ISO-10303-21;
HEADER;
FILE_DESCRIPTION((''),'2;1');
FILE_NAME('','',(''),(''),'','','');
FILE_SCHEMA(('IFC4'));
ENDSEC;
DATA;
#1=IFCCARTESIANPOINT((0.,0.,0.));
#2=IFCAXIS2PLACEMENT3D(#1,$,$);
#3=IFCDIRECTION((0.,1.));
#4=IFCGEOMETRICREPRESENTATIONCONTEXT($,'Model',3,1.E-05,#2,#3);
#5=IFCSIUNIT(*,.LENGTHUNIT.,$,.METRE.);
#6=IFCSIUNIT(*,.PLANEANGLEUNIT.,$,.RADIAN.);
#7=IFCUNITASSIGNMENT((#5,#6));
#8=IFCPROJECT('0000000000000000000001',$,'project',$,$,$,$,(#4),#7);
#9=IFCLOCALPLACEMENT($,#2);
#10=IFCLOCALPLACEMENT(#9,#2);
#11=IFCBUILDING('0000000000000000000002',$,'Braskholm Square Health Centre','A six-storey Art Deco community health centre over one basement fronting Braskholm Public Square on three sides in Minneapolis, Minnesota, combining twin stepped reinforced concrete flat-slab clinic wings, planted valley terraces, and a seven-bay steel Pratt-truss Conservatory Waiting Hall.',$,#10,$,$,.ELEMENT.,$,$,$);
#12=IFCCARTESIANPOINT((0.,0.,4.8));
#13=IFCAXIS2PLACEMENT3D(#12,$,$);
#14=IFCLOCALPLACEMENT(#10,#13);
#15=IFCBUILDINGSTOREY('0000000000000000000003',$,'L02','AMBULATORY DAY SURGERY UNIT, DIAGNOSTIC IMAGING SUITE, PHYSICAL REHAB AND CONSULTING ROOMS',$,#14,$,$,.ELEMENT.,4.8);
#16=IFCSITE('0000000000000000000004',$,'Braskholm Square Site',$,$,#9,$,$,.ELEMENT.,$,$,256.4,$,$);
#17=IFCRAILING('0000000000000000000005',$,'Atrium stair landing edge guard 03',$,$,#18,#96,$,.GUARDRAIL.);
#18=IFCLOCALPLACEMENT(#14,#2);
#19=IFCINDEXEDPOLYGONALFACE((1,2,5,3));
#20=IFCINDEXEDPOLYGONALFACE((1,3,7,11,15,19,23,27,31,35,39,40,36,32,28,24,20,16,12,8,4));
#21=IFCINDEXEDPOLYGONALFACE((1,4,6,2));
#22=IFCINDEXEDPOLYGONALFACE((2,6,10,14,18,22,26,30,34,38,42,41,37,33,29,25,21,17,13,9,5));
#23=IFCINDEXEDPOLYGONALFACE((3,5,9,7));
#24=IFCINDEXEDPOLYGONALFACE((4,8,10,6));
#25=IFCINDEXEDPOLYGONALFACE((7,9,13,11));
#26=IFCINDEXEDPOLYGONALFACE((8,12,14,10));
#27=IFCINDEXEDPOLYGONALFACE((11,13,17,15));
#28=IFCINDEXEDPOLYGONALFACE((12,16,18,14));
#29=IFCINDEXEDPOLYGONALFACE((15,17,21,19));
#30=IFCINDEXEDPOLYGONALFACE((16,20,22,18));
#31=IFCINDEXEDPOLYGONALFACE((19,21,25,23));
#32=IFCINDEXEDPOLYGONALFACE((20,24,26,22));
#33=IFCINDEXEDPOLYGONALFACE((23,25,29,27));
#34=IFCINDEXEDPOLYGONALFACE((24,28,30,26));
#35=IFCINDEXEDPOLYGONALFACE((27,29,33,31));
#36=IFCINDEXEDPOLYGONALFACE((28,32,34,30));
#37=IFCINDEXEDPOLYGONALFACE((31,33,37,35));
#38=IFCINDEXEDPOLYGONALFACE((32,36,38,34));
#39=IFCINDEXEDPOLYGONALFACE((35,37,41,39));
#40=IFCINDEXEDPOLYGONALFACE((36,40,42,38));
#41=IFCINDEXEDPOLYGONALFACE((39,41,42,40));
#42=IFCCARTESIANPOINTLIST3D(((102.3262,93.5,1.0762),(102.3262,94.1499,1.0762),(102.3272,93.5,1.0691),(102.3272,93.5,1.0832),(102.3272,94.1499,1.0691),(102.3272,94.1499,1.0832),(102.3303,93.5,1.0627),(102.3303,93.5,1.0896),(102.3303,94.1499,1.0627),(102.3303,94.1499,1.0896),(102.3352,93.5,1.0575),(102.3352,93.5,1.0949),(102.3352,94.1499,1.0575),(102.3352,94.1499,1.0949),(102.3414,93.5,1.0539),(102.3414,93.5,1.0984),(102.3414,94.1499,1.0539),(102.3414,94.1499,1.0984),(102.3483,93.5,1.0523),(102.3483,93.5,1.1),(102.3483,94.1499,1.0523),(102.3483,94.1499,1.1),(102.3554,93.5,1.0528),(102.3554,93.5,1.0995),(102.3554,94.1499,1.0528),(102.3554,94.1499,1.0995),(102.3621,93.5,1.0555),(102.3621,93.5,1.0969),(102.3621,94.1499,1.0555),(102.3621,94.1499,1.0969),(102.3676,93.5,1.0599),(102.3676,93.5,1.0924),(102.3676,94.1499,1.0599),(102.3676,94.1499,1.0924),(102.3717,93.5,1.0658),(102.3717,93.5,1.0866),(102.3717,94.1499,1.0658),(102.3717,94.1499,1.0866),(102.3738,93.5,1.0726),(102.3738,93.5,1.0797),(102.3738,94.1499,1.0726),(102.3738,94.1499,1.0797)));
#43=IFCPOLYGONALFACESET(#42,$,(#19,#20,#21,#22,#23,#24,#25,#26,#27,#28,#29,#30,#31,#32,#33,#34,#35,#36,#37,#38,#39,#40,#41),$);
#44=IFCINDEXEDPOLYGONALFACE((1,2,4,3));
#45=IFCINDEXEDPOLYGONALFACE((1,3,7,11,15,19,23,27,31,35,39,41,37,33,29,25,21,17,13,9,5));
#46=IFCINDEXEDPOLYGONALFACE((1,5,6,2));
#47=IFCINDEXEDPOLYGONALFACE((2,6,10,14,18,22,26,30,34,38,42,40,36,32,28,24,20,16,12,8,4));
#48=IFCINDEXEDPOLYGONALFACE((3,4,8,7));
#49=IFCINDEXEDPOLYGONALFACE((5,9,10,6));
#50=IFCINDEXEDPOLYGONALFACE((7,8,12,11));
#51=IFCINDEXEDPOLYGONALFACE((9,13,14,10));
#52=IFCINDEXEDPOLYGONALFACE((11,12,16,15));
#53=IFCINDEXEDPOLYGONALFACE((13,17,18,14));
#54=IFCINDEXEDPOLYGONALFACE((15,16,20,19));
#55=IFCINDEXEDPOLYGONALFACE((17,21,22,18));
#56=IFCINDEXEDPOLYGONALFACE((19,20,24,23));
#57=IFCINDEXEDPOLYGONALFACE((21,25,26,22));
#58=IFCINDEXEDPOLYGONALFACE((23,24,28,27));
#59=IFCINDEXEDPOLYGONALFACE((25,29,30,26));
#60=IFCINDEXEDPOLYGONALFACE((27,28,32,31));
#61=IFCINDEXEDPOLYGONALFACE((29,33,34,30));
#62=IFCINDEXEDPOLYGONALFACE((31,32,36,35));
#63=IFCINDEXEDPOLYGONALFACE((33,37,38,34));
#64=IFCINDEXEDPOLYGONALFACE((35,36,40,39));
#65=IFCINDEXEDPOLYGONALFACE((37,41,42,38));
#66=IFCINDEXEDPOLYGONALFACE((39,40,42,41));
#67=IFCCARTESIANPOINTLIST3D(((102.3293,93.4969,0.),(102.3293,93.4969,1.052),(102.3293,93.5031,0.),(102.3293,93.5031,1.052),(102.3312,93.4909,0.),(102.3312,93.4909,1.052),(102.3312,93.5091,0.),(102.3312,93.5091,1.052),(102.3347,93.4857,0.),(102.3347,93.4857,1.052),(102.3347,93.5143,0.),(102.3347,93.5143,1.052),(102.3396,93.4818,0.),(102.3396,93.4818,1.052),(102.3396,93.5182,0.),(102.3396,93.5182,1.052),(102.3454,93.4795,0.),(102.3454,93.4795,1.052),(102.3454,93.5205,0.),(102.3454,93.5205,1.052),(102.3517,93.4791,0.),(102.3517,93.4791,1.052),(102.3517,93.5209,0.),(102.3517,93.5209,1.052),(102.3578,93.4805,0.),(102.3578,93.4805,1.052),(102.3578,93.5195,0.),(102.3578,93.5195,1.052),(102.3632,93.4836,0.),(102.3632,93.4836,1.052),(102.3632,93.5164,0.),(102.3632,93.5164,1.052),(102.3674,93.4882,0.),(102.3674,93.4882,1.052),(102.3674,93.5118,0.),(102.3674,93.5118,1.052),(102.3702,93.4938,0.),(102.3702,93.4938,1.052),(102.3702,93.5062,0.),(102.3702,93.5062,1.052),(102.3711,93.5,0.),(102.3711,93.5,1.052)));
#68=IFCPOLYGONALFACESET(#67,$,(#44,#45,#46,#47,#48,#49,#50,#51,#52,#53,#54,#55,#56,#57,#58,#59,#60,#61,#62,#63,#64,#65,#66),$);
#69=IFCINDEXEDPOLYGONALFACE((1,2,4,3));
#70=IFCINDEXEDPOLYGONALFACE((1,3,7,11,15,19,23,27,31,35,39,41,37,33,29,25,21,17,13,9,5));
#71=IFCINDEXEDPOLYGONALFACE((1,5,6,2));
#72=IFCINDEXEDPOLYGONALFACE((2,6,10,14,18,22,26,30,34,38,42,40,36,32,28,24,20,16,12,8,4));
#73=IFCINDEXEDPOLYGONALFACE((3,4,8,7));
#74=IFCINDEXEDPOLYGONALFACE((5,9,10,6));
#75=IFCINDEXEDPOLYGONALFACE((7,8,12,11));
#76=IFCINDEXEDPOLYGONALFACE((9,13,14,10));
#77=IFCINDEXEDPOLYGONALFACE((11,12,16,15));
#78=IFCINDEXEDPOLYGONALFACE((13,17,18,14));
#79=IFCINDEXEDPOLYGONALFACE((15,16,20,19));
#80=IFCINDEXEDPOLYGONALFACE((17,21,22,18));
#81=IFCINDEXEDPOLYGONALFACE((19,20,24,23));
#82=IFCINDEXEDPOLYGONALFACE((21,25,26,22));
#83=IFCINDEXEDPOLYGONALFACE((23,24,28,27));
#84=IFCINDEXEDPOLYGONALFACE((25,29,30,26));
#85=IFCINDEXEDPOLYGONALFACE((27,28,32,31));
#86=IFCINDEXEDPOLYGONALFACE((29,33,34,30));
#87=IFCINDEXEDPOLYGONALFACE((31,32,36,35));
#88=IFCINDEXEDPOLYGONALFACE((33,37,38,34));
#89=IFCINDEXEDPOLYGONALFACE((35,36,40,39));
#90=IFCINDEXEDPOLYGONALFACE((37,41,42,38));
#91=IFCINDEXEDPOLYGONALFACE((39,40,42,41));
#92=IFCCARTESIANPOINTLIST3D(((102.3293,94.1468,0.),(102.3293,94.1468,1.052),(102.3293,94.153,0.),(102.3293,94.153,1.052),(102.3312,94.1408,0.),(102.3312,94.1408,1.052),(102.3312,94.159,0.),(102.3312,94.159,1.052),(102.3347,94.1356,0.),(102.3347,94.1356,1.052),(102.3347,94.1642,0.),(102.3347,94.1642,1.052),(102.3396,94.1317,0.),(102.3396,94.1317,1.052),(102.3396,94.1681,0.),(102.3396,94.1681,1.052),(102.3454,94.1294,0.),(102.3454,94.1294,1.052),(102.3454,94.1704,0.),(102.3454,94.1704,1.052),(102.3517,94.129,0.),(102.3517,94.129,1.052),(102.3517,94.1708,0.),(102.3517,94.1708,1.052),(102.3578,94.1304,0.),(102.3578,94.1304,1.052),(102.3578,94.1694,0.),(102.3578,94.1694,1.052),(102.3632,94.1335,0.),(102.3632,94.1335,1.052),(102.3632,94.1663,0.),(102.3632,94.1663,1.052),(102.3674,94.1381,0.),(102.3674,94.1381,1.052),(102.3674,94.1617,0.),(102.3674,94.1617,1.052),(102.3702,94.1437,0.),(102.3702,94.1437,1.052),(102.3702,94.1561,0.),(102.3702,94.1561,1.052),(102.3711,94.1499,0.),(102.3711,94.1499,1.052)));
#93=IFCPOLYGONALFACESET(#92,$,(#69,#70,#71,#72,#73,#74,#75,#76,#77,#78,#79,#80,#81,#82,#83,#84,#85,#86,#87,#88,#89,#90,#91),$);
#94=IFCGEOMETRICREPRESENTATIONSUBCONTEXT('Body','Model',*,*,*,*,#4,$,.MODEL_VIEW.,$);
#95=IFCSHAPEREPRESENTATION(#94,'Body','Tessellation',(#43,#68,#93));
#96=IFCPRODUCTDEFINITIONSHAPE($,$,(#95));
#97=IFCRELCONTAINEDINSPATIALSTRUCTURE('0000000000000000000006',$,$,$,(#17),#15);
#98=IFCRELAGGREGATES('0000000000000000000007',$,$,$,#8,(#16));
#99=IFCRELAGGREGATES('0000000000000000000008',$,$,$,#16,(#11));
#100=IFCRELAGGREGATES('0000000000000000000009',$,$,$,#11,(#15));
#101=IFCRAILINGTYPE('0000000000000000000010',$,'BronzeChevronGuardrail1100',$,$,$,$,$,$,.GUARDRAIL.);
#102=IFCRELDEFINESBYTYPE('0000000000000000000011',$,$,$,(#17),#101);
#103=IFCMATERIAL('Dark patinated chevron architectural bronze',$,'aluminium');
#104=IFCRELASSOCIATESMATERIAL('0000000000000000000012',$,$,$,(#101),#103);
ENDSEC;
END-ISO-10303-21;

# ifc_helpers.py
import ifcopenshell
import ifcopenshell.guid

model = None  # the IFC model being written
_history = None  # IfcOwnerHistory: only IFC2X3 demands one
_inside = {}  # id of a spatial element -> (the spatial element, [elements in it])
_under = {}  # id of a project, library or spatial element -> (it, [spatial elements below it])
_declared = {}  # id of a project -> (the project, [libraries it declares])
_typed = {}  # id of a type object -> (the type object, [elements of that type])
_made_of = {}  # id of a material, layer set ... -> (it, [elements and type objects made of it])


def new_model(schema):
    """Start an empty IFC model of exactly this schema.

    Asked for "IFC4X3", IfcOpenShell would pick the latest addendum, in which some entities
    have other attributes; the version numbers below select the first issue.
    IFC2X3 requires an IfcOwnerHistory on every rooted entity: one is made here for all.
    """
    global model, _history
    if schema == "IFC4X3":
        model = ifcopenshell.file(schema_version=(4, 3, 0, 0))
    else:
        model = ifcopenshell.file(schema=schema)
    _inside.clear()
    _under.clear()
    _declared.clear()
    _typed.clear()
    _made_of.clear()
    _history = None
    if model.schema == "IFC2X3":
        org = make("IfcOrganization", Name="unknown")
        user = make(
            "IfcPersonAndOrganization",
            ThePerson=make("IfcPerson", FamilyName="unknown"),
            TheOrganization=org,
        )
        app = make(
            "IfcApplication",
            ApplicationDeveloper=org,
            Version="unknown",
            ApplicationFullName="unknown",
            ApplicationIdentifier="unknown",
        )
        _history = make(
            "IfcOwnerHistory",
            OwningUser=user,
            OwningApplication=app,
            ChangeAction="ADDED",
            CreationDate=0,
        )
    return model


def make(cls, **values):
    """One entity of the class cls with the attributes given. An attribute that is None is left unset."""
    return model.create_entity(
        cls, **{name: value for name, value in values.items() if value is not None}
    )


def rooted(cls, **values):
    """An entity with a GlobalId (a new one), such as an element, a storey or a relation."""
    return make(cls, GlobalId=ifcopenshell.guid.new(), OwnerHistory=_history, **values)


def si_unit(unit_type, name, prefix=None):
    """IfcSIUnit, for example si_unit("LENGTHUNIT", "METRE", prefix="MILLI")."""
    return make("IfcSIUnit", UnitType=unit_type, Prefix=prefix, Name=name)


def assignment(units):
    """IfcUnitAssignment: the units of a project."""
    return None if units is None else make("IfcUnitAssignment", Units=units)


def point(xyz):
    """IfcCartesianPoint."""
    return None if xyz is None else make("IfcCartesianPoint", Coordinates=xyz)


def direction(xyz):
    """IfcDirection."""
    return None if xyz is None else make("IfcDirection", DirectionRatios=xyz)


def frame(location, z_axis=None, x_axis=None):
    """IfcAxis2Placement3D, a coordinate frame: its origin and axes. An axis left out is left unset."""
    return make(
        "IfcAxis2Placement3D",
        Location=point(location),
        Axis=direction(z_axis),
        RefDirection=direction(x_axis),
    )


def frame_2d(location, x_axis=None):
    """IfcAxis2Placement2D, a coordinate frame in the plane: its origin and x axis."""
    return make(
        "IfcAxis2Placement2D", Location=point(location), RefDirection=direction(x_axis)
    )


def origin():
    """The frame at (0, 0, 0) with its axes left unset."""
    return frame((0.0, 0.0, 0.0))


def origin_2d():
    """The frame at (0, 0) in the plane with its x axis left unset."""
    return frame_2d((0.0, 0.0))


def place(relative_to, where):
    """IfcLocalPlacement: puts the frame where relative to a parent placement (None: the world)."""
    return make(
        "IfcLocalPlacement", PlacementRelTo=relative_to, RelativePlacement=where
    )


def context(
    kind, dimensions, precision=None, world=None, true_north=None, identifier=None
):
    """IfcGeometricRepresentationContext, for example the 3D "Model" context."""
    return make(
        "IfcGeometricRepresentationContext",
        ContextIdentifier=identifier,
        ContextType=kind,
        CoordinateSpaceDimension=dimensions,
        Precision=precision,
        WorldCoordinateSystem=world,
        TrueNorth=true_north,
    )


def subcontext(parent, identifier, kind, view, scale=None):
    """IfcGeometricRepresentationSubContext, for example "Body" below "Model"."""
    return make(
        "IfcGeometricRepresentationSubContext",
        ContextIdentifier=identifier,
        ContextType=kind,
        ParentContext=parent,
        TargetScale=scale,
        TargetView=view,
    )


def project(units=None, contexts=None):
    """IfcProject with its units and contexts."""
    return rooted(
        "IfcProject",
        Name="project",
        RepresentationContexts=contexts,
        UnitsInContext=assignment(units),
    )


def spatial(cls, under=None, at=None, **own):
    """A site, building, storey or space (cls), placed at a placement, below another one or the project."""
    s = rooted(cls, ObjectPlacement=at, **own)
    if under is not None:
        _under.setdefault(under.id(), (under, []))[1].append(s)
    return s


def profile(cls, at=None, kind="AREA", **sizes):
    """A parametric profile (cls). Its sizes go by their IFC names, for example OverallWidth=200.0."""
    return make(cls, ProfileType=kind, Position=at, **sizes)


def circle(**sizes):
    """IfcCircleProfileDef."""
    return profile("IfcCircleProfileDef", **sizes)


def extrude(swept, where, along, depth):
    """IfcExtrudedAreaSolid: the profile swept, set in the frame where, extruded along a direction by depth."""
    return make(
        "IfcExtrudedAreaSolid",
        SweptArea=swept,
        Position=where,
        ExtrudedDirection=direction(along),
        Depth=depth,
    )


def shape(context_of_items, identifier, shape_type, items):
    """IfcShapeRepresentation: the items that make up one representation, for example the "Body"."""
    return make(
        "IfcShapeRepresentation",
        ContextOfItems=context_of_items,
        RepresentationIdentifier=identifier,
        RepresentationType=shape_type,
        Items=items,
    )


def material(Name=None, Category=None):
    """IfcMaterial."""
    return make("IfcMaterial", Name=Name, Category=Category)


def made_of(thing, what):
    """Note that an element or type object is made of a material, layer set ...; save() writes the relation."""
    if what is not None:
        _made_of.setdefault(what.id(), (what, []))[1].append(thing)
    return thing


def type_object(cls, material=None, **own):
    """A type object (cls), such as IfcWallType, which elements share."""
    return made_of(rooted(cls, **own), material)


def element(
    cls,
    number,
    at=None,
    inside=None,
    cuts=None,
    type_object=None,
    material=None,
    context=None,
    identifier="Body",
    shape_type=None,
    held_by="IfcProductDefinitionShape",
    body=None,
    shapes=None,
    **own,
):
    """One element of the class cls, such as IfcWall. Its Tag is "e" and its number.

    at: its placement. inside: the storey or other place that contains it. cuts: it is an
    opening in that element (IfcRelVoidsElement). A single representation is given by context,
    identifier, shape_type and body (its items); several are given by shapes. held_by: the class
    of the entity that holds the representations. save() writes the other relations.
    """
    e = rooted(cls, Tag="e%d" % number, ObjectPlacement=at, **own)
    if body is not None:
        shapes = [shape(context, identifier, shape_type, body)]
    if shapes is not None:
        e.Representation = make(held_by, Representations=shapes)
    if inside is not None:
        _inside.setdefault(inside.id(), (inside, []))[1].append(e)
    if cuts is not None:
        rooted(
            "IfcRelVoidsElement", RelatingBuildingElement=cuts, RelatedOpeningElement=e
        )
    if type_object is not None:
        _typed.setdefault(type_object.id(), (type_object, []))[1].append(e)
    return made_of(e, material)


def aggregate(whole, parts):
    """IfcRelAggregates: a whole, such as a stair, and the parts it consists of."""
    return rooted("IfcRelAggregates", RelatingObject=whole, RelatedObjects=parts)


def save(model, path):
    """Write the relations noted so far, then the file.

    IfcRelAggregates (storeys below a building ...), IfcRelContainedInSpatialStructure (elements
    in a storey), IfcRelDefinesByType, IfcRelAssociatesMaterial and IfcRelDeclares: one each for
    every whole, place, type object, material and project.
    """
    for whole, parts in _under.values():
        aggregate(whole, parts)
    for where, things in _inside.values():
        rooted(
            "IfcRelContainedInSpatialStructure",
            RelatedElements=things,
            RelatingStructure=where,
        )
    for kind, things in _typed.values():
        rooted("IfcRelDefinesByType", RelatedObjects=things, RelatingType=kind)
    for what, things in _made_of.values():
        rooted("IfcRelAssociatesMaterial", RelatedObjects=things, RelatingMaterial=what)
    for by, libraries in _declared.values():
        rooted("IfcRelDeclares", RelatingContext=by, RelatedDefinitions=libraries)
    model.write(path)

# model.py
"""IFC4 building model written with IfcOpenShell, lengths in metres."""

from ifc_helpers import new_model, si_unit, direction, frame, origin, origin_2d, place, context, subcontext, project, spatial, circle, extrude, material, type_object, element, save


model = new_model("IFC4")

# Units and contexts
model_context = context("Model", 3, precision=1e-05, world=origin(), true_north=direction((0.0, 1.0)))
body_context = subcontext(model_context, "Body", "Model", "MODEL_VIEW")
ifc_project = project(units=[si_unit("LENGTHUNIT", "METRE"), si_unit("PLANEANGLEUNIT", "RADIAN")], contexts=[model_context])

# Site, building, storey
site_placement = place(None, origin())
site = spatial("IfcSite", under=ifc_project, at=site_placement, Name="Braskholm Square Site", CompositionType="ELEMENT", RefElevation=256.4)
building_placement = place(site_placement, origin())
building = spatial("IfcBuilding", under=site, at=building_placement, Name="Braskholm Square Health Centre", Description="A six-storey Art Deco community health centre over one basement fronting Braskholm Public Square on three sides in Minneapolis, Minnesota, combining twin stepped reinforced concrete flat-slab clinic wings, planted valley terraces, and a seven-bay steel Pratt-truss Conservatory Waiting Hall.", CompositionType="ELEMENT")
storey_placement = place(building_placement, frame((0.0, 0.0, 4.8)))
storey = spatial("IfcBuildingStorey", under=building, at=storey_placement, Name="L02", Description="AMBULATORY DAY SURGERY UNIT, DIAGNOSTIC IMAGING SUITE, PHYSICAL REHAB AND CONSULTING ROOMS", CompositionType="ELEMENT", Elevation=4.8)

# Railing
ifc_material_1 = material(Name="Dark patinated chevron architectural bronze", Category="aluminium")
railing_type_1 = type_object("IfcRailingType", Name="BronzeChevronGuardrail1100", PredefinedType="GUARDRAIL", material=ifc_material_1)
railing_1_placement = place(storey_placement, frame((102.3501, 93.5, 0.0)))
element("IfcRailing", 1, at=railing_1_placement, inside=storey, type_object=railing_type_1, Name="Atrium stair landing edge guard 03", PredefinedType="GUARDRAIL", context=body_context, shape_type="SweptSolid", body=[
    extrude(circle(Radius=0.0239, at=origin_2d()), frame((0.0, 0.0, 1.0762), z_axis=(0.0, 1.0, 0.0), x_axis=(-1.0, 0.0, 0.0)), (0.0, 0.0, 1.0), 0.6499),
    extrude(circle(Radius=0.021, at=origin_2d()), origin(), (0.0, 0.0, 1.0), 1.052),
    extrude(circle(Radius=0.021, at=origin_2d()), frame((0.0, 0.6499, 0.0)), (0.0, 0.0, 1.0), 1.052),
])

save(model, "model.ifc")
